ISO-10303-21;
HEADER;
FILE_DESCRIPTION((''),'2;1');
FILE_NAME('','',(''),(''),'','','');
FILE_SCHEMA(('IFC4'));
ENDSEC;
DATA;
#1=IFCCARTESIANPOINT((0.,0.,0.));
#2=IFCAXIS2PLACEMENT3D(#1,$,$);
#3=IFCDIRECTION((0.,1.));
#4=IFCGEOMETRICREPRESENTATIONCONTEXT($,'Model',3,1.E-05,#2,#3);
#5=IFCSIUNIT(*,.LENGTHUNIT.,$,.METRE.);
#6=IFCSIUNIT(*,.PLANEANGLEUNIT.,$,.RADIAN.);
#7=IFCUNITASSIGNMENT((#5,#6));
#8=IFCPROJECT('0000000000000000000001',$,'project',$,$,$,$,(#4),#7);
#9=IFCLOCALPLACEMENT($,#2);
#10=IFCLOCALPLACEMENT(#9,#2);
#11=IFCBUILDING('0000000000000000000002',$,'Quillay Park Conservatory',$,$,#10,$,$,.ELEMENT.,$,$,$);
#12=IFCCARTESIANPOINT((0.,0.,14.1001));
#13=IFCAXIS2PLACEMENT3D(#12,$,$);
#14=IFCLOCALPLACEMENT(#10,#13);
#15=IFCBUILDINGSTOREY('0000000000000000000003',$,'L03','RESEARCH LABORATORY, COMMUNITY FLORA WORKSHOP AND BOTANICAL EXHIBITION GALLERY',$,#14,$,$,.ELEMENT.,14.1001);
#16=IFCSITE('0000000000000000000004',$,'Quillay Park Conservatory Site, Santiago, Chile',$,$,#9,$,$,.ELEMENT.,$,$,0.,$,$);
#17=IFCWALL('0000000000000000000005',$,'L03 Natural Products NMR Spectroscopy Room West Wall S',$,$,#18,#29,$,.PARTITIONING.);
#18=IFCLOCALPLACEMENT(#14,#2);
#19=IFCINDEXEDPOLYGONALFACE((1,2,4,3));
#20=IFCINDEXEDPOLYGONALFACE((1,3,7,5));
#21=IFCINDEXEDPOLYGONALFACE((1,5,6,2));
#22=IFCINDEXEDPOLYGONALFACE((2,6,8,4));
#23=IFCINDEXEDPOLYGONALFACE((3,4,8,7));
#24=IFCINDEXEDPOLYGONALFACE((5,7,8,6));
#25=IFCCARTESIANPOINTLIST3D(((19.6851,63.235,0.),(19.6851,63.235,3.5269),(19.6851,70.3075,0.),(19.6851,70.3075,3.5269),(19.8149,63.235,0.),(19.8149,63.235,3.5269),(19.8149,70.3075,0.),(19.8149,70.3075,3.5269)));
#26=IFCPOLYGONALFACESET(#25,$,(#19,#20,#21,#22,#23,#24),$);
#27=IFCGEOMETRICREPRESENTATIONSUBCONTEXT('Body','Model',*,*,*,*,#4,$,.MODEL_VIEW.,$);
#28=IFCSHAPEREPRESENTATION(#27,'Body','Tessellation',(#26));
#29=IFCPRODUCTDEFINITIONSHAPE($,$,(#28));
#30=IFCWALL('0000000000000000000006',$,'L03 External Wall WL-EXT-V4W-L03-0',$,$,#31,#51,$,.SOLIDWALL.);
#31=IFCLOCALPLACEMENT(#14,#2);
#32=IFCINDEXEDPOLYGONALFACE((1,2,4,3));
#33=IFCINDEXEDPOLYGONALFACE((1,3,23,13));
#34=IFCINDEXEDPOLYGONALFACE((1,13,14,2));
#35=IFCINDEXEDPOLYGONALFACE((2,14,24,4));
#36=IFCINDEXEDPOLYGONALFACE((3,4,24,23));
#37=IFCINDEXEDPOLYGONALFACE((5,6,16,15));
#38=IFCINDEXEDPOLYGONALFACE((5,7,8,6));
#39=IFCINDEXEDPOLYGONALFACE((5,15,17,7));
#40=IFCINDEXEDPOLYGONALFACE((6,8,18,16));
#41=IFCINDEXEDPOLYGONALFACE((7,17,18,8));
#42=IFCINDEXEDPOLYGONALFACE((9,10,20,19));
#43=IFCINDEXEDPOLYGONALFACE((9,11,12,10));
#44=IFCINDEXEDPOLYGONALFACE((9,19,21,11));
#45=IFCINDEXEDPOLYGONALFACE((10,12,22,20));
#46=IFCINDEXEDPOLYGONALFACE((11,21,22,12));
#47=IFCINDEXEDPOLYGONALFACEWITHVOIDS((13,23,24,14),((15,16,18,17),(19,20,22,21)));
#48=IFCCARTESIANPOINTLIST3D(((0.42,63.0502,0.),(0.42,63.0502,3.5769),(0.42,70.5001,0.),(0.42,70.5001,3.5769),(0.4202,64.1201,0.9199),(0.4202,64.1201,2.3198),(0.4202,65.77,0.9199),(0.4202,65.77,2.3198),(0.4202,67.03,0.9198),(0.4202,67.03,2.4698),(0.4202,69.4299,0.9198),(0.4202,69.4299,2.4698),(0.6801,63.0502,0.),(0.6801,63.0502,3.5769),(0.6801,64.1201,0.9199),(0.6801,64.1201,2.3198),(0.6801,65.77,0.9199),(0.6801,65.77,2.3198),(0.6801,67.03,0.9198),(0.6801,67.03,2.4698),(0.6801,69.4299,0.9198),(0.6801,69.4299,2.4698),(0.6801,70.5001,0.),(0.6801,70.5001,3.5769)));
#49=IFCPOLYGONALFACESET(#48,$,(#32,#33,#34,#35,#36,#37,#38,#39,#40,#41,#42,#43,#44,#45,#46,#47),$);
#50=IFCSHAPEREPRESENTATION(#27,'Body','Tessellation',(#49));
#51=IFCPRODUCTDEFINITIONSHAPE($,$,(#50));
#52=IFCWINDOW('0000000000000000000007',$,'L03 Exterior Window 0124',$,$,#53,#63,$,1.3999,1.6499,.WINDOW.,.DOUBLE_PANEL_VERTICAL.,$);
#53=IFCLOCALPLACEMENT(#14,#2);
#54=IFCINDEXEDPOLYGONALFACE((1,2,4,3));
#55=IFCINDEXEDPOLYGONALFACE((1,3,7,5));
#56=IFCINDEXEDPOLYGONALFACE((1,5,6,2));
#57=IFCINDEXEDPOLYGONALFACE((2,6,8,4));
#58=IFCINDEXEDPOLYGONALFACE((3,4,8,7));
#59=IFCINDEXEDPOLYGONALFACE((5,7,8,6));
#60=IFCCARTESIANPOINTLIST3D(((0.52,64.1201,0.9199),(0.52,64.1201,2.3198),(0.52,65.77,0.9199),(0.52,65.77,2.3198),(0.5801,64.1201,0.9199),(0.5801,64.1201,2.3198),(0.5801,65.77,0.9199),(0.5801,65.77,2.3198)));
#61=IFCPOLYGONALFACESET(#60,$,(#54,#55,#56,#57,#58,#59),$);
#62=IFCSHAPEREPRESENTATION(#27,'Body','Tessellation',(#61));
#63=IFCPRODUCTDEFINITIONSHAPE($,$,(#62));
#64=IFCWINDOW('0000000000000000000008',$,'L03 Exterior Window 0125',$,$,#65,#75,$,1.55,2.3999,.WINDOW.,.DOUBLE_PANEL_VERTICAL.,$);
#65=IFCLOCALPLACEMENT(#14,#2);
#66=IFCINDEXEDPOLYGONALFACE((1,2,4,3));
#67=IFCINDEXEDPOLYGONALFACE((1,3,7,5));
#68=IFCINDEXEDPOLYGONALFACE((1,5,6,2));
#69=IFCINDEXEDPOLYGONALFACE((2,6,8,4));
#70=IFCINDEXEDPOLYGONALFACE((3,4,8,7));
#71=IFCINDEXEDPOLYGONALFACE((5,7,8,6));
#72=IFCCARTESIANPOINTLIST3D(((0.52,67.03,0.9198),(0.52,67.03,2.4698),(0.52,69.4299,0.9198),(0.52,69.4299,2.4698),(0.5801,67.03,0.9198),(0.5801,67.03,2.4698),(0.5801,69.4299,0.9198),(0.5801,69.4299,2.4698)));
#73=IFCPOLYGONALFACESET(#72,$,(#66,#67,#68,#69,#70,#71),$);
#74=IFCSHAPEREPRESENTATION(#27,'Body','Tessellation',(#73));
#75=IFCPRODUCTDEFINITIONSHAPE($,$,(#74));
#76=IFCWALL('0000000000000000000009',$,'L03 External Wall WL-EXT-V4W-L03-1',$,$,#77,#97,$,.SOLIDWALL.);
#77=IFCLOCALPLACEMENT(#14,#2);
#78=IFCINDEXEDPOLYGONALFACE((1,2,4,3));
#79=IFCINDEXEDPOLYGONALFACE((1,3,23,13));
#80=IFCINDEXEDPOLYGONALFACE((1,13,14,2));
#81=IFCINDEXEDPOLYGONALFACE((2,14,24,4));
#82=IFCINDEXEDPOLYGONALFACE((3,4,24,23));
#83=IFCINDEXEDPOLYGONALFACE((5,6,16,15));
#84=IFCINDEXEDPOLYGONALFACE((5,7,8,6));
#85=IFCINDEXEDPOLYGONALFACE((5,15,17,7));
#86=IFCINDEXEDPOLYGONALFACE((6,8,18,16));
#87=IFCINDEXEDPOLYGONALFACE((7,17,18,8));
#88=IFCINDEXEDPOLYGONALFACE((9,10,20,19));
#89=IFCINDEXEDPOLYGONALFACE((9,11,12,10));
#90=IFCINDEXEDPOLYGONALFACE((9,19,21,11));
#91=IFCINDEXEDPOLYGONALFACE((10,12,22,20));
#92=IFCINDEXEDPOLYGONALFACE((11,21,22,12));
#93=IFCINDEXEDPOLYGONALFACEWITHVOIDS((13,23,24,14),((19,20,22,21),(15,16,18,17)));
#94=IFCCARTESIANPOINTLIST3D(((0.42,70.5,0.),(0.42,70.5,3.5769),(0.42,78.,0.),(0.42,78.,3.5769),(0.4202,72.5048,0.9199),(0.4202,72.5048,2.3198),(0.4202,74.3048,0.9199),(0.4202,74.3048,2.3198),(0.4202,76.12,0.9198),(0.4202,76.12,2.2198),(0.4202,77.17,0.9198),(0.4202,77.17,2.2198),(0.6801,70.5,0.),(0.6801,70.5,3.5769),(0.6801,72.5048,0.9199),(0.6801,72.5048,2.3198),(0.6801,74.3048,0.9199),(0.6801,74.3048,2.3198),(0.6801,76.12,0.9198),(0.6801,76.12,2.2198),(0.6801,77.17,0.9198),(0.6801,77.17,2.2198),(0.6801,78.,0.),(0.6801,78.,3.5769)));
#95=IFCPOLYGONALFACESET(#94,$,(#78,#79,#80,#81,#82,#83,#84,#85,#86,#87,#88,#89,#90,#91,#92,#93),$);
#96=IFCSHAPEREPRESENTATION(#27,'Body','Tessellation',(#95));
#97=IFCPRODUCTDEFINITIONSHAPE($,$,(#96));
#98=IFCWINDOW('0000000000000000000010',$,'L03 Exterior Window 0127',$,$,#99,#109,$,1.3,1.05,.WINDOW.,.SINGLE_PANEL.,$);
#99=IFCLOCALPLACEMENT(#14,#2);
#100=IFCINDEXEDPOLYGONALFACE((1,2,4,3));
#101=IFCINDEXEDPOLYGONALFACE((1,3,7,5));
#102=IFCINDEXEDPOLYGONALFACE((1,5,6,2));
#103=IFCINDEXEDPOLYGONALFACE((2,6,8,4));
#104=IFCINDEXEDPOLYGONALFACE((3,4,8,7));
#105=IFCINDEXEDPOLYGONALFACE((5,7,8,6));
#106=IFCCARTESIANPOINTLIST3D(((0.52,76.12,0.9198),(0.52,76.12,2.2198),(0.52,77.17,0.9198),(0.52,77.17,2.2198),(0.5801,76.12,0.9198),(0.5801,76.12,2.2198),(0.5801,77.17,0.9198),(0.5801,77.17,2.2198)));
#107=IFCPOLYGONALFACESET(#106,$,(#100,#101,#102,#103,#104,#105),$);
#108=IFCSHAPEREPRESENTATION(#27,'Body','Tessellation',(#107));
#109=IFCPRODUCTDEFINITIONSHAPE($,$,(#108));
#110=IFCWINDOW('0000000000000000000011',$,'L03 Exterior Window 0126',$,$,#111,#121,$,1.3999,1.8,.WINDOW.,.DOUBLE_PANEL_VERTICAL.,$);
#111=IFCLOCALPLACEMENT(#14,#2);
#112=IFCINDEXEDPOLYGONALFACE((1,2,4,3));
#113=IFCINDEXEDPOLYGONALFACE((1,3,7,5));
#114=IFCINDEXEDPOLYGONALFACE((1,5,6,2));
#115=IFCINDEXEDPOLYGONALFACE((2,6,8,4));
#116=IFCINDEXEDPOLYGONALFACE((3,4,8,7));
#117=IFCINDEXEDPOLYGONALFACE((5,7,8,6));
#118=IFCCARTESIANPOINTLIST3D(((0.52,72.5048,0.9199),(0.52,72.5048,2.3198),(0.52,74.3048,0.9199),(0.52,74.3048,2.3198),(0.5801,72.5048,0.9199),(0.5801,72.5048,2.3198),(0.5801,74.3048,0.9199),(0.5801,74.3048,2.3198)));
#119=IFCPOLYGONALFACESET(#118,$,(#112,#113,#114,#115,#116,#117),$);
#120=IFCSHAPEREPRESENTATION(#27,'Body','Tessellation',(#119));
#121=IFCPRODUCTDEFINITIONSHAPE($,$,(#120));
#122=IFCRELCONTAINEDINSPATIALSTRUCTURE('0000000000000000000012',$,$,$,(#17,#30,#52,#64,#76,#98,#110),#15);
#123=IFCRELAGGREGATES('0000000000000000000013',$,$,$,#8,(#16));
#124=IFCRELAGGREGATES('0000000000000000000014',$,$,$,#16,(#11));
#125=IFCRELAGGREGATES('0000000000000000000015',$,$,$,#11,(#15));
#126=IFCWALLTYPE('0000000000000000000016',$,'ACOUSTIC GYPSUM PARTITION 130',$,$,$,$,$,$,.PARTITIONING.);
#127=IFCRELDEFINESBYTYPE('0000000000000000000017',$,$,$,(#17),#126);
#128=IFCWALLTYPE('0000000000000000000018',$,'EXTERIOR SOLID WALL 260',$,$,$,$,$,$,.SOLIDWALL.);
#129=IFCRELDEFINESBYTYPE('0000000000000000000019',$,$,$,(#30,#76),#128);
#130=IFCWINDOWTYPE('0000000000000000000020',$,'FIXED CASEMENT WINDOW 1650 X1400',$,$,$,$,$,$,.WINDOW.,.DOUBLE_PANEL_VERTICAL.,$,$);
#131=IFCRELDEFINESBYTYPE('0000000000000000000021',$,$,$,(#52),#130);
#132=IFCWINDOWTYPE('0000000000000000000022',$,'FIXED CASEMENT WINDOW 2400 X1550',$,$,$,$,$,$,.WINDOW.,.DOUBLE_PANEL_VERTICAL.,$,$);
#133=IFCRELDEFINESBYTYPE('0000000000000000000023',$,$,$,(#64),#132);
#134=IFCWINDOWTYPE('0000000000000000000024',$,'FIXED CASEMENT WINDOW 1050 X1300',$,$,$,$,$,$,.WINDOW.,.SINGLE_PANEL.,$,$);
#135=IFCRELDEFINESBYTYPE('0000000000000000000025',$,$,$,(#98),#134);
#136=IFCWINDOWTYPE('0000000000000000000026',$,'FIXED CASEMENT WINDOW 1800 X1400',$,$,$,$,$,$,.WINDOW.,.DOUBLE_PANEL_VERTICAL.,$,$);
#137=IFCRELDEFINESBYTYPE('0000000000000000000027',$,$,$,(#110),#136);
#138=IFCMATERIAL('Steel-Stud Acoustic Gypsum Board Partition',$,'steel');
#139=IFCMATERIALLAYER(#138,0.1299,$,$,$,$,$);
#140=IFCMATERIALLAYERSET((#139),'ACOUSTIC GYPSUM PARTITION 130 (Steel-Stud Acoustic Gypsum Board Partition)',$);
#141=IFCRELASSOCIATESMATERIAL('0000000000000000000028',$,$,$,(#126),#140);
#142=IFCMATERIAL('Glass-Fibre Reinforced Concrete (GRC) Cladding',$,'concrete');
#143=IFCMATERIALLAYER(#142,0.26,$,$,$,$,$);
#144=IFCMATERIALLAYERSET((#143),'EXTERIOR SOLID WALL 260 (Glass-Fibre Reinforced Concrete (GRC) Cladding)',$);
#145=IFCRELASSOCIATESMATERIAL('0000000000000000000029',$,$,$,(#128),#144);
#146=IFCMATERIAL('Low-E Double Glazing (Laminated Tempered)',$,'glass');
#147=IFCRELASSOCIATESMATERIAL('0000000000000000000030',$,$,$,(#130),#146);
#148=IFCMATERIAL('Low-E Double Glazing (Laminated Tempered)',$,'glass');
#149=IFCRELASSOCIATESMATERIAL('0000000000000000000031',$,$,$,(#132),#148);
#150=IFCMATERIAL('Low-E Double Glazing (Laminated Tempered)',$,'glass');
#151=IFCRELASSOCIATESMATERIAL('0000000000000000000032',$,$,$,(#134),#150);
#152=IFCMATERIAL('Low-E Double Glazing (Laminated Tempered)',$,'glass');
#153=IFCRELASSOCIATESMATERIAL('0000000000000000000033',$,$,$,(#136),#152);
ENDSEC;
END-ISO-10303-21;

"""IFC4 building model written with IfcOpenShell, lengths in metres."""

from ifc_helpers import new_model, si_unit, direction, frame, frame_2d, origin, place, context, subcontext, project, spatial, rectangle, extrude, material, layer, layer_set, type_object, element, fill, save


model = new_model("IFC4")

# Units and contexts
model_context = context("Model", 3, precision=1e-05, world=origin(), true_north=direction((0.0, 1.0)))
body_context = subcontext(model_context, "Body", "Model", "MODEL_VIEW")
ifc_project = project(units=[si_unit("LENGTHUNIT", "METRE"), si_unit("PLANEANGLEUNIT", "RADIAN")], contexts=[model_context])

# Site, building, storey
site_placement = place(None, origin())
site = spatial("IfcSite", under=ifc_project, at=site_placement, Name="Quillay Park Conservatory Site, Santiago, Chile", CompositionType="ELEMENT", RefElevation=0.0)
building_placement = place(site_placement, origin())
building = spatial("IfcBuilding", under=site, at=building_placement, Name="Quillay Park Conservatory", CompositionType="ELEMENT")
storey_placement = place(building_placement, frame((0.0, 0.0, 14.1001)))
storey = spatial("IfcBuildingStorey", under=building, at=storey_placement, Name="L03", Description="RESEARCH LABORATORY, COMMUNITY FLORA WORKSHOP AND BOTANICAL EXHIBITION GALLERY", CompositionType="ELEMENT", Elevation=14.1001)

# Wall
ifc_material_1 = material(Name="Steel-Stud Acoustic Gypsum Board Partition", Category="steel")
ifc_layer_1 = layer(ifc_material_1, 0.1299)
ifc_layer_set_1 = layer_set([ifc_layer_1], Name="ACOUSTIC GYPSUM PARTITION 130 (Steel-Stud Acoustic Gypsum Board Partition)")
wall_type_1 = type_object("IfcWallType", Name="ACOUSTIC GYPSUM PARTITION 130", PredefinedType="PARTITIONING", material=ifc_layer_set_1)
wall_1_placement = place(storey_placement, frame((19.75, 63.2351, 0.0), z_axis=(0.0, 0.0, 1.0), x_axis=(0.0, 1.0, 0.0)))
element("IfcWall", 1, at=wall_1_placement, inside=storey, type_object=wall_type_1, Name="L03 Natural Products NMR Spectroscopy Room West Wall S", PredefinedType="PARTITIONING", context=body_context, shape_type="SweptSolid", body=[
    extrude(rectangle(XDim=7.0725, YDim=0.1299, at=frame_2d((3.5361, 0.0))), origin(), (0.0, 0.0, 1.0), 3.5269),
])

# Walls, openings, windows
ifc_material_2 = material(Name="Glass-Fibre Reinforced Concrete (GRC) Cladding", Category="concrete")
ifc_layer_2 = layer(ifc_material_2, 0.26)
ifc_layer_set_2 = layer_set([ifc_layer_2], Name="EXTERIOR SOLID WALL 260 (Glass-Fibre Reinforced Concrete (GRC) Cladding)")
wall_type_2 = type_object("IfcWallType", Name="EXTERIOR SOLID WALL 260", PredefinedType="SOLIDWALL", material=ifc_layer_set_2)
wall_2_placement = place(storey_placement, frame((0.55, 63.05, 0.0), z_axis=(0.0, 0.0, 1.0), x_axis=(0.0, 1.0, 0.0)))
wall_2 = element("IfcWall", 2, at=wall_2_placement, inside=storey, type_object=wall_type_2, Name="L03 External Wall WL-EXT-V4W-L03-0", PredefinedType="SOLIDWALL", context=body_context, shape_type="SweptSolid", body=[
    extrude(rectangle(XDim=7.45, YDim=0.26, at=frame_2d((3.7251, 0.0))), origin(), (0.0, 0.0, 1.0), 3.5769),
])
opening_1_placement = place(wall_2_placement, frame((1.0701, 0.0, 0.9199)))
opening_1 = element("IfcOpeningElement", 3, at=opening_1_placement, cuts=wall_2, PredefinedType="OPENING", context=body_context, shape_type="SweptSolid", body=[
    extrude(rectangle(XDim=1.6499, YDim=1.3999, at=frame_2d((0.825, 0.7))), frame((0.0, 0.1299, 0.0), z_axis=(0.0, -1.0, 0.0), x_axis=(1.0, 0.0, 0.0)), (0.0, 0.0, 1.0), 0.26),
])
opening_2_placement = place(wall_2_placement, frame((3.98, 0.0, 0.9199)))
opening_2 = element("IfcOpeningElement", 4, at=opening_2_placement, cuts=wall_2, PredefinedType="OPENING", context=body_context, shape_type="SweptSolid", body=[
    extrude(rectangle(XDim=2.3999, YDim=1.55, at=frame_2d((1.2, 0.7749))), frame((0.0, 0.1299, 0.0), z_axis=(0.0, -1.0, 0.0), x_axis=(1.0, 0.0, 0.0)), (0.0, 0.0, 1.0), 0.26),
])
ifc_material_3 = material(Name="Low-E Double Glazing (Laminated Tempered)", Category="glass")
window_type_1 = type_object("IfcWindowType", Name="FIXED CASEMENT WINDOW 1650 X1400", PartitioningType="DOUBLE_PANEL_VERTICAL", PredefinedType="WINDOW", material=ifc_material_3)
window_1_placement = place(opening_1_placement, origin())
window_1 = element("IfcWindow", 5, at=window_1_placement, inside=storey, type_object=window_type_1, Name="L03 Exterior Window 0124", OverallHeight=1.3999, OverallWidth=1.6499, PartitioningType="DOUBLE_PANEL_VERTICAL", PredefinedType="WINDOW", context=body_context, shape_type="SweptSolid", body=[
    extrude(rectangle(XDim=1.6499, YDim=1.3999, at=frame_2d((0.825, 0.7))), frame((0.0, 0.03, 0.0), z_axis=(0.0, -1.0, 0.0), x_axis=(1.0, 0.0, 0.0)), (0.0, 0.0, 1.0), 0.0601),
])
fill(opening_1, window_1)
ifc_material_4 = material(Name="Low-E Double Glazing (Laminated Tempered)", Category="glass")
window_type_2 = type_object("IfcWindowType", Name="FIXED CASEMENT WINDOW 2400 X1550", PartitioningType="DOUBLE_PANEL_VERTICAL", PredefinedType="WINDOW", material=ifc_material_4)
window_2_placement = place(opening_2_placement, origin())
window_2 = element("IfcWindow", 6, at=window_2_placement, inside=storey, type_object=window_type_2, Name="L03 Exterior Window 0125", OverallHeight=1.55, OverallWidth=2.3999, PartitioningType="DOUBLE_PANEL_VERTICAL", PredefinedType="WINDOW", context=body_context, shape_type="SweptSolid", body=[
    extrude(rectangle(XDim=2.3999, YDim=1.55, at=frame_2d((1.2, 0.7749))), frame((0.0, 0.03, 0.0), z_axis=(0.0, -1.0, 0.0), x_axis=(1.0, 0.0, 0.0)), (0.0, 0.0, 1.0), 0.0601),
])
fill(opening_2, window_2)
wall_3_placement = place(storey_placement, frame((0.55, 70.5, 0.0), z_axis=(0.0, 0.0, 1.0), x_axis=(0.0, 1.0, 0.0)))
wall_3 = element("IfcWall", 7, at=wall_3_placement, inside=storey, type_object=wall_type_2, Name="L03 External Wall WL-EXT-V4W-L03-1", PredefinedType="SOLIDWALL", context=body_context, shape_type="SweptSolid", body=[
    extrude(rectangle(XDim=7.5, YDim=0.26, at=frame_2d((3.75, 0.0))), origin(), (0.0, 0.0, 1.0), 3.5769),
])
opening_3_placement = place(wall_3_placement, frame((2.0049, 0.0, 0.9199)))
opening_3 = element("IfcOpeningElement", 8, at=opening_3_placement, cuts=wall_3, PredefinedType="OPENING", context=body_context, shape_type="SweptSolid", body=[
    extrude(rectangle(XDim=1.8, YDim=1.3999, at=frame_2d((0.8999, 0.7))), frame((0.0, 0.1299, 0.0), z_axis=(0.0, -1.0, 0.0), x_axis=(1.0, 0.0, 0.0)), (0.0, 0.0, 1.0), 0.26),
])
opening_4_placement = place(wall_3_placement, frame((5.6201, 0.0, 0.9199)))
opening_4 = element("IfcOpeningElement", 9, at=opening_4_placement, cuts=wall_3, PredefinedType="OPENING", context=body_context, shape_type="SweptSolid", body=[
    extrude(rectangle(XDim=1.05, YDim=1.3, at=frame_2d((0.5249, 0.6499))), frame((0.0, 0.1299, 0.0), z_axis=(0.0, -1.0, 0.0), x_axis=(1.0, 0.0, 0.0)), (0.0, 0.0, 1.0), 0.26),
])
ifc_material_5 = material(Name="Low-E Double Glazing (Laminated Tempered)", Category="glass")
window_type_3 = type_object("IfcWindowType", Name="FIXED CASEMENT WINDOW 1050 X1300", PartitioningType="SINGLE_PANEL", PredefinedType="WINDOW", material=ifc_material_5)
window_3_placement = place(opening_4_placement, origin())
window_3 = element("IfcWindow", 10, at=window_3_placement, inside=storey, type_object=window_type_3, Name="L03 Exterior Window 0127", OverallHeight=1.3, OverallWidth=1.05, PartitioningType="SINGLE_PANEL", PredefinedType="WINDOW", context=body_context, shape_type="SweptSolid", body=[
    extrude(rectangle(XDim=1.05, YDim=1.3, at=frame_2d((0.5249, 0.6499))), frame((0.0, 0.03, 0.0), z_axis=(0.0, -1.0, 0.0), x_axis=(1.0, 0.0, 0.0)), (0.0, 0.0, 1.0), 0.0601),
])
fill(opening_4, window_3)
ifc_material_6 = material(Name="Low-E Double Glazing (Laminated Tempered)", Category="glass")
window_type_4 = type_object("IfcWindowType", Name="FIXED CASEMENT WINDOW 1800 X1400", PartitioningType="DOUBLE_PANEL_VERTICAL", PredefinedType="WINDOW", material=ifc_material_6)
window_4_placement = place(opening_3_placement, origin())
window_4 = element("IfcWindow", 11, at=window_4_placement, inside=storey, type_object=window_type_4, Name="L03 Exterior Window 0126", OverallHeight=1.3999, OverallWidth=1.8, PartitioningType="DOUBLE_PANEL_VERTICAL", PredefinedType="WINDOW", context=body_context, shape_type="SweptSolid", body=[
    extrude(rectangle(XDim=1.8, YDim=1.3999, at=frame_2d((0.8999, 0.7))), frame((0.0, 0.03, 0.0), z_axis=(0.0, -1.0, 0.0), x_axis=(1.0, 0.0, 0.0)), (0.0, 0.0, 1.0), 0.0601),
])
fill(opening_3, window_4)

save(model, "model.ifc")
